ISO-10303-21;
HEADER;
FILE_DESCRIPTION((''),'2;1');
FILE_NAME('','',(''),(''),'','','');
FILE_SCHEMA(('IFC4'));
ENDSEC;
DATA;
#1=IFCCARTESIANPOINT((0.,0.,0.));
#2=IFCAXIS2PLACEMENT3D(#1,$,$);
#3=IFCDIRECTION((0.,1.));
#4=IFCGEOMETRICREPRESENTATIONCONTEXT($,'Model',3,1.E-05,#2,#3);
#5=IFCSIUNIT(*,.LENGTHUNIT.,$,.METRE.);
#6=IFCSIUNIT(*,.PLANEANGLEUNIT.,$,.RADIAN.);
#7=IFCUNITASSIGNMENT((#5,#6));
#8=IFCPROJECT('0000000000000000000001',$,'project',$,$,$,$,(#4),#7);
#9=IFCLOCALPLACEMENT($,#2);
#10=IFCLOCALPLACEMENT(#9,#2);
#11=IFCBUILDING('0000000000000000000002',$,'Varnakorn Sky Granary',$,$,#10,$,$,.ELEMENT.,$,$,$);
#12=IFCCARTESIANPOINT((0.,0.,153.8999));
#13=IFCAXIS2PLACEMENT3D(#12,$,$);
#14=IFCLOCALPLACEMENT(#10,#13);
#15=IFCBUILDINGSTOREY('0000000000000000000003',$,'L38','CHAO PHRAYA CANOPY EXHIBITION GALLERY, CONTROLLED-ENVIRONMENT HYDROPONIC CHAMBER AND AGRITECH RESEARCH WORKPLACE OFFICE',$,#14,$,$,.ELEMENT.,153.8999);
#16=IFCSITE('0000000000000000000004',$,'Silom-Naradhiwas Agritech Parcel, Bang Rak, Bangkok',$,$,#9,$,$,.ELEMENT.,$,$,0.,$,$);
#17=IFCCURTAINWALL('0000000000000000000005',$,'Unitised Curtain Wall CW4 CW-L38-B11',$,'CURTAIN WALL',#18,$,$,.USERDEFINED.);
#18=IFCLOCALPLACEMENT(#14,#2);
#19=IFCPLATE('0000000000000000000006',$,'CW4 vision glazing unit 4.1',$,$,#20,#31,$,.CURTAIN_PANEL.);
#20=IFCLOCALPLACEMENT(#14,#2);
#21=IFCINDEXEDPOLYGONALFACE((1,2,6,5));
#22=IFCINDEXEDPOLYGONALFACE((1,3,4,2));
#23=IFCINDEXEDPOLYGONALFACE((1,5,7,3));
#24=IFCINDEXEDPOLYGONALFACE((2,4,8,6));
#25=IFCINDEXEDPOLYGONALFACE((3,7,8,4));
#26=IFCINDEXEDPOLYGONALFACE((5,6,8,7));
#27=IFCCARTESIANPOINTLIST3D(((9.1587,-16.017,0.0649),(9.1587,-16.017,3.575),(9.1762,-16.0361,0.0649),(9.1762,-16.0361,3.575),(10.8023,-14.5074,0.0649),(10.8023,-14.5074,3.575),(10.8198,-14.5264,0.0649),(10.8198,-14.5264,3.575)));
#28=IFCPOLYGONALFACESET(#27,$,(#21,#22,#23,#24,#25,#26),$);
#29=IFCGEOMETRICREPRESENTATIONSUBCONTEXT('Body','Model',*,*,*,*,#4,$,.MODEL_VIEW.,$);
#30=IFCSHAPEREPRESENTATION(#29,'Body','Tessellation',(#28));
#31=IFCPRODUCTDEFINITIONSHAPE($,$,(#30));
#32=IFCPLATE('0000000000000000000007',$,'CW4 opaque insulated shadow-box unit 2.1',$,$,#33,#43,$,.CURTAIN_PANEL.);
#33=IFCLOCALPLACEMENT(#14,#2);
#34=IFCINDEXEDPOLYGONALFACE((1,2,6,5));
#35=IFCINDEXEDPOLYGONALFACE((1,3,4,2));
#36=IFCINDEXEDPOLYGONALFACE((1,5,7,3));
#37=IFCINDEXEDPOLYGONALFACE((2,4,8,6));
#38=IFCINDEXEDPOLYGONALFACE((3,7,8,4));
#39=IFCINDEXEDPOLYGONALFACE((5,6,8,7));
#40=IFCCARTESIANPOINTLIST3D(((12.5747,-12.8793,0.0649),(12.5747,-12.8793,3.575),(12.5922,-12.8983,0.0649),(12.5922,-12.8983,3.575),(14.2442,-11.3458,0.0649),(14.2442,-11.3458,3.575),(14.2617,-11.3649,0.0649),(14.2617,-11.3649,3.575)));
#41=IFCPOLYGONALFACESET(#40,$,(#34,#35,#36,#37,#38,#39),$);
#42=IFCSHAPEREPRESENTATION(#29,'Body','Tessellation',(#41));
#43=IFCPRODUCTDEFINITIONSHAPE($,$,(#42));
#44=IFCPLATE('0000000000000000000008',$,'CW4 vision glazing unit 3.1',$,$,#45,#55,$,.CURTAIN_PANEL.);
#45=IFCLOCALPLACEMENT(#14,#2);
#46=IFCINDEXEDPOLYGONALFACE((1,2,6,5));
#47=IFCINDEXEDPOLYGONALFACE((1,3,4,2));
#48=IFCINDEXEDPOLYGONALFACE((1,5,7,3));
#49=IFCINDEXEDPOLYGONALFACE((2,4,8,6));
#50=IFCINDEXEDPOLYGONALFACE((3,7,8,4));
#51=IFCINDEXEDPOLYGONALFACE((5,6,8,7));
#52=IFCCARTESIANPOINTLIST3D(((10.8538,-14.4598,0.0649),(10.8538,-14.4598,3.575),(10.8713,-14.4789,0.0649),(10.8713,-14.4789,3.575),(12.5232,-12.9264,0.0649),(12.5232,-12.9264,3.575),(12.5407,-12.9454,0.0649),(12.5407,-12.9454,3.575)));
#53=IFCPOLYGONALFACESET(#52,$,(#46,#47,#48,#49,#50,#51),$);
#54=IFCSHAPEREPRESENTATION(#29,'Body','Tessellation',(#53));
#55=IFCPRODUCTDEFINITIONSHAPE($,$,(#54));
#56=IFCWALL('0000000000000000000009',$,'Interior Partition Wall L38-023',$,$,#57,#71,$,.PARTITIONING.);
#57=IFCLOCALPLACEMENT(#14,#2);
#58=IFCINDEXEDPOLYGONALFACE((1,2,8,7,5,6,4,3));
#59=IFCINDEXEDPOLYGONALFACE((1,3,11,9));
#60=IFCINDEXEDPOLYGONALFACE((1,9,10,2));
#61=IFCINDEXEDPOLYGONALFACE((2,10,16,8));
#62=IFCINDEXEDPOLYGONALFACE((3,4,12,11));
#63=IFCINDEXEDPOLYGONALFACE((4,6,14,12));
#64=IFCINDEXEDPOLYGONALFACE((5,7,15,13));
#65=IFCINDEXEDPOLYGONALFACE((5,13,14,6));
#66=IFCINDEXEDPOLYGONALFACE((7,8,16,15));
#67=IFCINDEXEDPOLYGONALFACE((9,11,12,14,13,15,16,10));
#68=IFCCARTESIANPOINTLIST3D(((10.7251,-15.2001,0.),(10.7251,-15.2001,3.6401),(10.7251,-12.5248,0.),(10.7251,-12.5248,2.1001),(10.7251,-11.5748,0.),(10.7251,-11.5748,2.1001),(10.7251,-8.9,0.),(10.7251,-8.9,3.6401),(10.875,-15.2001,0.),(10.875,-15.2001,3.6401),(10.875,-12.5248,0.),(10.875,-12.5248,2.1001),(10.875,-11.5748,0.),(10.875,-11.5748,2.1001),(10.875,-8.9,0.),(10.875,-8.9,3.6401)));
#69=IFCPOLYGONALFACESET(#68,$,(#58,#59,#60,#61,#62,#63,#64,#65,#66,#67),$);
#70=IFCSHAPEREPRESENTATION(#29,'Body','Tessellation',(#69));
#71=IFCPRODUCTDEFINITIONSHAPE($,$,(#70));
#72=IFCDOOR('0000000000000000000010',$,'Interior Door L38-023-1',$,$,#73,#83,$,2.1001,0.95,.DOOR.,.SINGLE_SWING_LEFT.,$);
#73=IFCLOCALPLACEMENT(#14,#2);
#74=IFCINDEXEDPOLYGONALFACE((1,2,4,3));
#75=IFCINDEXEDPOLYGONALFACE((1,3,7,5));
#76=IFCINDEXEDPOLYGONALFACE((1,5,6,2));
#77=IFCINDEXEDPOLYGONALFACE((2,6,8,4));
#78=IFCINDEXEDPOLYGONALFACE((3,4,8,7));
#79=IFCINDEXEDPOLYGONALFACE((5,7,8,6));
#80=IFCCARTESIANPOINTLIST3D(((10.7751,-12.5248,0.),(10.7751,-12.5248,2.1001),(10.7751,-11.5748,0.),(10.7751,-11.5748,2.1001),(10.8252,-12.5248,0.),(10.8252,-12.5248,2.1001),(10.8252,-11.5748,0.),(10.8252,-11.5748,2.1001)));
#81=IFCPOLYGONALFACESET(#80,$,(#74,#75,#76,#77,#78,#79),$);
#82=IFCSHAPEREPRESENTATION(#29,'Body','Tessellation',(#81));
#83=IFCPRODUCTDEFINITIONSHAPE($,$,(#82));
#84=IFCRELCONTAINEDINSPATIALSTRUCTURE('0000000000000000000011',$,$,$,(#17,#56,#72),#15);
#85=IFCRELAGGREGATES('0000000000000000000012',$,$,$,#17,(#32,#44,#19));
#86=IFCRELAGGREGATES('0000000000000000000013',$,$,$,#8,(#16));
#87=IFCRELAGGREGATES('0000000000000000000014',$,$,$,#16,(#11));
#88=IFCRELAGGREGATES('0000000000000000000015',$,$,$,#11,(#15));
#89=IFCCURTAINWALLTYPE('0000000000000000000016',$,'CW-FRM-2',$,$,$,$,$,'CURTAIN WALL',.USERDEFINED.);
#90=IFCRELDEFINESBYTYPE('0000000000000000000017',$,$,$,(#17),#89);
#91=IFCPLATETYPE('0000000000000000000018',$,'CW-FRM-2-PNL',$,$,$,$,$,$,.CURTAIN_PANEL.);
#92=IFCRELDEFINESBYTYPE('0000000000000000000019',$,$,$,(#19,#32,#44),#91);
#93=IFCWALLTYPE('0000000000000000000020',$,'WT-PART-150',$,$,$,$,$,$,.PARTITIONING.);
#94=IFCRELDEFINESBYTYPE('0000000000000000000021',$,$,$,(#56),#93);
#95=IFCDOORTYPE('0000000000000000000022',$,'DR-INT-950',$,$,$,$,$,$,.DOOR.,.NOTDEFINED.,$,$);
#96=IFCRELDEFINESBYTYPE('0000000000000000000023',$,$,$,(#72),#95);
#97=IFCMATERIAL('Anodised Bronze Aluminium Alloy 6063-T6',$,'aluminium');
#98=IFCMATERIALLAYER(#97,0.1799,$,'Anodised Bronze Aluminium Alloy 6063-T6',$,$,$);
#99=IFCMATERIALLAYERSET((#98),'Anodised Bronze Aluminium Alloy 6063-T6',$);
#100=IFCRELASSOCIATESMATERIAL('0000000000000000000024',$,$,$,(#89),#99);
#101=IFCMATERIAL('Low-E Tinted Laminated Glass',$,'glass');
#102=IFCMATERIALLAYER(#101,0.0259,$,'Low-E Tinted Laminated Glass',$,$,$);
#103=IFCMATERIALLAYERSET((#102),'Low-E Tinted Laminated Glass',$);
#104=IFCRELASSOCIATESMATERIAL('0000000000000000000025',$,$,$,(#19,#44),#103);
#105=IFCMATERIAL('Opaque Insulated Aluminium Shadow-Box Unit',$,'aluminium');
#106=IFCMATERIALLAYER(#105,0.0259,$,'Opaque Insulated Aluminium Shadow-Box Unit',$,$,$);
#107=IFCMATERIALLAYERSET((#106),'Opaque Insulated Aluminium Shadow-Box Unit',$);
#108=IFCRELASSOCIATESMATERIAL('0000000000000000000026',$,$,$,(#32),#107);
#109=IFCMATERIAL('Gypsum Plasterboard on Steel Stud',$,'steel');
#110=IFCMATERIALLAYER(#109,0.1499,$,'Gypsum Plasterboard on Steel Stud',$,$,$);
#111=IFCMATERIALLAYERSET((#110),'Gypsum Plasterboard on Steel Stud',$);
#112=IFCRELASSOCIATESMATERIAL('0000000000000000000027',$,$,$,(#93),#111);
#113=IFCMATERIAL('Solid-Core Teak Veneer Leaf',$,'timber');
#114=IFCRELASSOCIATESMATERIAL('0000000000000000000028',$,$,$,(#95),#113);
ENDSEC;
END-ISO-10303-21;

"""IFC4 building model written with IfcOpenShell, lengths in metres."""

from ifc_helpers import new_model, si_unit, direction, frame, frame_2d, origin, origin_2d, place, context, subcontext, project, spatial, rectangle, extrude, source, transform, mapped, material, layer, layer_set, type_object, type_shapes, element, fill, aggregate, save


model = new_model("IFC4")

# Units and contexts
model_context = context("Model", 3, precision=1e-05, world=origin(), true_north=direction((0.0, 1.0)))
body_context = subcontext(model_context, "Body", "Model", "MODEL_VIEW")
ifc_project = project(units=[si_unit("LENGTHUNIT", "METRE"), si_unit("PLANEANGLEUNIT", "RADIAN")], contexts=[model_context])

# Site, building, storey
site_placement = place(None, origin())
site = spatial("IfcSite", under=ifc_project, at=site_placement, Name="Silom-Naradhiwas Agritech Parcel, Bang Rak, Bangkok", CompositionType="ELEMENT", RefElevation=0.0)
building_placement = place(site_placement, origin())
building = spatial("IfcBuilding", under=site, at=building_placement, Name="Varnakorn Sky Granary", CompositionType="ELEMENT")
storey_placement = place(building_placement, frame((0.0, 0.0, 153.8999)))
storey = spatial("IfcBuildingStorey", under=building, at=storey_placement, Name="L38", Description="CHAO PHRAYA CANOPY EXHIBITION GALLERY, CONTROLLED-ENVIRONMENT HYDROPONIC CHAMBER AND AGRITECH RESEARCH WORKPLACE OFFICE", CompositionType="ELEMENT", Elevation=153.8999)

# Curtain wall
ifc_material_1 = material(Name="Anodised Bronze Aluminium Alloy 6063-T6", Category="aluminium")
ifc_layer_1 = layer(ifc_material_1, 0.1799, Name="Anodised Bronze Aluminium Alloy 6063-T6")
ifc_layer_set_1 = layer_set([ifc_layer_1], Name="Anodised Bronze Aluminium Alloy 6063-T6")
curtain_wall_type = type_object("IfcCurtainWallType", Name="CW-FRM-2", ElementType="CURTAIN WALL", PredefinedType="USERDEFINED", material=ifc_layer_set_1)
curtain_wall_placement = place(storey_placement, origin())
curtain_wall = element("IfcCurtainWall", 1, at=curtain_wall_placement, inside=storey, type_object=curtain_wall_type, Name="Unitised Curtain Wall CW4 CW-L38-B11", ObjectType="CURTAIN WALL", PredefinedType="USERDEFINED")

# Plates
ifc_material_2 = material(Name="Opaque Insulated Aluminium Shadow-Box Unit", Category="aluminium")
ifc_layer_2 = layer(ifc_material_2, 0.0259, Name="Opaque Insulated Aluminium Shadow-Box Unit")
ifc_layer_set_2 = layer_set([ifc_layer_2], Name="Opaque Insulated Aluminium Shadow-Box Unit")
plate_type = type_object("IfcPlateType", Name="CW-FRM-2-PNL", PredefinedType="CURTAIN_PANEL")
shared_shape_1 = source(origin(), body_context, "Body", "SweptSolid", [
    extrude(rectangle(XDim=2.2317, YDim=0.0259, at=origin_2d()), origin(), (0.0, 0.0, 1.0), 3.51),
])
ifc_material_3 = material(Name="Low-E Tinted Laminated Glass", Category="glass")
ifc_layer_3 = layer(ifc_material_3, 0.0259, Name="Low-E Tinted Laminated Glass")
ifc_layer_set_3 = layer_set([ifc_layer_3], Name="Low-E Tinted Laminated Glass")
plate_1_placement = place(storey_placement, frame((9.9893, -15.2717, 0.0649), z_axis=(0.0, 0.0, 1.0), x_axis=(-0.736469, -0.676472, 0.0)))
plate_1 = element("IfcPlate", 2, at=plate_1_placement, type_object=plate_type, material=ifc_layer_set_3, Name="CW4 vision glazing unit 4.1", PredefinedType="CURTAIN_PANEL", context=body_context, shape_type="MappedRepresentation", body=[
    mapped(shared_shape_1, transform((0.0, 0.0, 0.0), x_axis=(1.0, 0.0, 0.0), y_axis=(0.0, 1.0, 0.0), z_axis=(0.0, 0.0, 1.0), scale=1.0)),
])
shared_shape_2 = source(origin(), body_context, "Body", "SweptSolid", [
    extrude(rectangle(XDim=2.2668, YDim=0.0259, at=origin_2d()), origin(), (0.0, 0.0, 1.0), 3.51),
])
type_shapes(plate_type, [shared_shape_1, shared_shape_2])
plate_2_placement = place(storey_placement, frame((13.4182, -12.1221, 0.0649), z_axis=(0.0, 0.0, 1.0), x_axis=(-0.736469, -0.676472, 0.0)))
plate_2 = element("IfcPlate", 3, at=plate_2_placement, type_object=plate_type, material=ifc_layer_set_2, Name="CW4 opaque insulated shadow-box unit 2.1", PredefinedType="CURTAIN_PANEL", context=body_context, shape_type="MappedRepresentation", body=[
    mapped(shared_shape_2, transform((0.0, 0.0, 0.0), x_axis=(1.0, 0.0, 0.0), y_axis=(0.0, 1.0, 0.0), z_axis=(0.0, 0.0, 1.0), scale=1.0)),
])
plate_3_placement = place(storey_placement, frame((11.6973, -13.7026, 0.0649), z_axis=(0.0, 0.0, 1.0), x_axis=(-0.736469, -0.676472, 0.0)))
plate_3 = element("IfcPlate", 4, at=plate_3_placement, type_object=plate_type, material=ifc_layer_set_3, Name="CW4 vision glazing unit 3.1", PredefinedType="CURTAIN_PANEL", context=body_context, shape_type="MappedRepresentation", body=[
    mapped(shared_shape_2, transform((0.0, 0.0, 0.0), x_axis=(1.0, 0.0, 0.0), y_axis=(0.0, 1.0, 0.0), z_axis=(0.0, 0.0, 1.0), scale=1.0)),
])
aggregate(curtain_wall, [plate_2, plate_3, plate_1])

# Wall, opening, door
ifc_material_4 = material(Name="Gypsum Plasterboard on Steel Stud", Category="steel")
ifc_layer_4 = layer(ifc_material_4, 0.1499, Name="Gypsum Plasterboard on Steel Stud")
ifc_layer_set_4 = layer_set([ifc_layer_4], Name="Gypsum Plasterboard on Steel Stud")
wall_type = type_object("IfcWallType", Name="WT-PART-150", PredefinedType="PARTITIONING", material=ifc_layer_set_4)
wall_1_placement = place(storey_placement, frame((10.8, -15.2, 0.0), z_axis=(0.0, 0.0, 1.0), x_axis=(0.0, 1.0, 0.0)))
wall_1 = element("IfcWall", 5, at=wall_1_placement, inside=storey, type_object=wall_type, Name="Interior Partition Wall L38-023", PredefinedType="PARTITIONING", context=body_context, shape_type="SweptSolid", body=[
    extrude(rectangle(XDim=6.3, YDim=0.1499, at=frame_2d((3.1499, 0.0))), origin(), (0.0, 0.0, 1.0), 3.6401),
])
opening_placement = place(wall_1_placement, frame((2.675, 0.0, 0.0)))
opening = element("IfcOpeningElement", 6, at=opening_placement, cuts=wall_1, PredefinedType="OPENING", context=body_context, shape_type="SweptSolid", body=[
    extrude(rectangle(XDim=0.95, YDim=2.1001, at=frame_2d((0.4751, 1.05))), frame((0.0, 0.085, 0.0), z_axis=(0.0, -1.0, 0.0), x_axis=(1.0, 0.0, 0.0)), (0.0, 0.0, 1.0), 0.1699),
])
ifc_material_5 = material(Name="Solid-Core Teak Veneer Leaf", Category="timber")
door_type = type_object("IfcDoorType", Name="DR-INT-950", OperationType="NOTDEFINED", PredefinedType="DOOR", material=ifc_material_5)
door_placement = place(opening_placement, origin())
door = element("IfcDoor", 7, at=door_placement, inside=storey, type_object=door_type, Name="Interior Door L38-023-1", OperationType="SINGLE_SWING_LEFT", OverallHeight=2.1001, OverallWidth=0.95, PredefinedType="DOOR", context=body_context, shape_type="SweptSolid", body=[
    extrude(rectangle(XDim=0.95, YDim=2.1001, at=frame_2d((0.4751, 1.05))), frame((0.0, 0.0249, 0.0), z_axis=(0.0, -1.0, 0.0), x_axis=(1.0, 0.0, 0.0)), (0.0, 0.0, 1.0), 0.05),
])
fill(opening, door)

save(model, "model.ifc")
